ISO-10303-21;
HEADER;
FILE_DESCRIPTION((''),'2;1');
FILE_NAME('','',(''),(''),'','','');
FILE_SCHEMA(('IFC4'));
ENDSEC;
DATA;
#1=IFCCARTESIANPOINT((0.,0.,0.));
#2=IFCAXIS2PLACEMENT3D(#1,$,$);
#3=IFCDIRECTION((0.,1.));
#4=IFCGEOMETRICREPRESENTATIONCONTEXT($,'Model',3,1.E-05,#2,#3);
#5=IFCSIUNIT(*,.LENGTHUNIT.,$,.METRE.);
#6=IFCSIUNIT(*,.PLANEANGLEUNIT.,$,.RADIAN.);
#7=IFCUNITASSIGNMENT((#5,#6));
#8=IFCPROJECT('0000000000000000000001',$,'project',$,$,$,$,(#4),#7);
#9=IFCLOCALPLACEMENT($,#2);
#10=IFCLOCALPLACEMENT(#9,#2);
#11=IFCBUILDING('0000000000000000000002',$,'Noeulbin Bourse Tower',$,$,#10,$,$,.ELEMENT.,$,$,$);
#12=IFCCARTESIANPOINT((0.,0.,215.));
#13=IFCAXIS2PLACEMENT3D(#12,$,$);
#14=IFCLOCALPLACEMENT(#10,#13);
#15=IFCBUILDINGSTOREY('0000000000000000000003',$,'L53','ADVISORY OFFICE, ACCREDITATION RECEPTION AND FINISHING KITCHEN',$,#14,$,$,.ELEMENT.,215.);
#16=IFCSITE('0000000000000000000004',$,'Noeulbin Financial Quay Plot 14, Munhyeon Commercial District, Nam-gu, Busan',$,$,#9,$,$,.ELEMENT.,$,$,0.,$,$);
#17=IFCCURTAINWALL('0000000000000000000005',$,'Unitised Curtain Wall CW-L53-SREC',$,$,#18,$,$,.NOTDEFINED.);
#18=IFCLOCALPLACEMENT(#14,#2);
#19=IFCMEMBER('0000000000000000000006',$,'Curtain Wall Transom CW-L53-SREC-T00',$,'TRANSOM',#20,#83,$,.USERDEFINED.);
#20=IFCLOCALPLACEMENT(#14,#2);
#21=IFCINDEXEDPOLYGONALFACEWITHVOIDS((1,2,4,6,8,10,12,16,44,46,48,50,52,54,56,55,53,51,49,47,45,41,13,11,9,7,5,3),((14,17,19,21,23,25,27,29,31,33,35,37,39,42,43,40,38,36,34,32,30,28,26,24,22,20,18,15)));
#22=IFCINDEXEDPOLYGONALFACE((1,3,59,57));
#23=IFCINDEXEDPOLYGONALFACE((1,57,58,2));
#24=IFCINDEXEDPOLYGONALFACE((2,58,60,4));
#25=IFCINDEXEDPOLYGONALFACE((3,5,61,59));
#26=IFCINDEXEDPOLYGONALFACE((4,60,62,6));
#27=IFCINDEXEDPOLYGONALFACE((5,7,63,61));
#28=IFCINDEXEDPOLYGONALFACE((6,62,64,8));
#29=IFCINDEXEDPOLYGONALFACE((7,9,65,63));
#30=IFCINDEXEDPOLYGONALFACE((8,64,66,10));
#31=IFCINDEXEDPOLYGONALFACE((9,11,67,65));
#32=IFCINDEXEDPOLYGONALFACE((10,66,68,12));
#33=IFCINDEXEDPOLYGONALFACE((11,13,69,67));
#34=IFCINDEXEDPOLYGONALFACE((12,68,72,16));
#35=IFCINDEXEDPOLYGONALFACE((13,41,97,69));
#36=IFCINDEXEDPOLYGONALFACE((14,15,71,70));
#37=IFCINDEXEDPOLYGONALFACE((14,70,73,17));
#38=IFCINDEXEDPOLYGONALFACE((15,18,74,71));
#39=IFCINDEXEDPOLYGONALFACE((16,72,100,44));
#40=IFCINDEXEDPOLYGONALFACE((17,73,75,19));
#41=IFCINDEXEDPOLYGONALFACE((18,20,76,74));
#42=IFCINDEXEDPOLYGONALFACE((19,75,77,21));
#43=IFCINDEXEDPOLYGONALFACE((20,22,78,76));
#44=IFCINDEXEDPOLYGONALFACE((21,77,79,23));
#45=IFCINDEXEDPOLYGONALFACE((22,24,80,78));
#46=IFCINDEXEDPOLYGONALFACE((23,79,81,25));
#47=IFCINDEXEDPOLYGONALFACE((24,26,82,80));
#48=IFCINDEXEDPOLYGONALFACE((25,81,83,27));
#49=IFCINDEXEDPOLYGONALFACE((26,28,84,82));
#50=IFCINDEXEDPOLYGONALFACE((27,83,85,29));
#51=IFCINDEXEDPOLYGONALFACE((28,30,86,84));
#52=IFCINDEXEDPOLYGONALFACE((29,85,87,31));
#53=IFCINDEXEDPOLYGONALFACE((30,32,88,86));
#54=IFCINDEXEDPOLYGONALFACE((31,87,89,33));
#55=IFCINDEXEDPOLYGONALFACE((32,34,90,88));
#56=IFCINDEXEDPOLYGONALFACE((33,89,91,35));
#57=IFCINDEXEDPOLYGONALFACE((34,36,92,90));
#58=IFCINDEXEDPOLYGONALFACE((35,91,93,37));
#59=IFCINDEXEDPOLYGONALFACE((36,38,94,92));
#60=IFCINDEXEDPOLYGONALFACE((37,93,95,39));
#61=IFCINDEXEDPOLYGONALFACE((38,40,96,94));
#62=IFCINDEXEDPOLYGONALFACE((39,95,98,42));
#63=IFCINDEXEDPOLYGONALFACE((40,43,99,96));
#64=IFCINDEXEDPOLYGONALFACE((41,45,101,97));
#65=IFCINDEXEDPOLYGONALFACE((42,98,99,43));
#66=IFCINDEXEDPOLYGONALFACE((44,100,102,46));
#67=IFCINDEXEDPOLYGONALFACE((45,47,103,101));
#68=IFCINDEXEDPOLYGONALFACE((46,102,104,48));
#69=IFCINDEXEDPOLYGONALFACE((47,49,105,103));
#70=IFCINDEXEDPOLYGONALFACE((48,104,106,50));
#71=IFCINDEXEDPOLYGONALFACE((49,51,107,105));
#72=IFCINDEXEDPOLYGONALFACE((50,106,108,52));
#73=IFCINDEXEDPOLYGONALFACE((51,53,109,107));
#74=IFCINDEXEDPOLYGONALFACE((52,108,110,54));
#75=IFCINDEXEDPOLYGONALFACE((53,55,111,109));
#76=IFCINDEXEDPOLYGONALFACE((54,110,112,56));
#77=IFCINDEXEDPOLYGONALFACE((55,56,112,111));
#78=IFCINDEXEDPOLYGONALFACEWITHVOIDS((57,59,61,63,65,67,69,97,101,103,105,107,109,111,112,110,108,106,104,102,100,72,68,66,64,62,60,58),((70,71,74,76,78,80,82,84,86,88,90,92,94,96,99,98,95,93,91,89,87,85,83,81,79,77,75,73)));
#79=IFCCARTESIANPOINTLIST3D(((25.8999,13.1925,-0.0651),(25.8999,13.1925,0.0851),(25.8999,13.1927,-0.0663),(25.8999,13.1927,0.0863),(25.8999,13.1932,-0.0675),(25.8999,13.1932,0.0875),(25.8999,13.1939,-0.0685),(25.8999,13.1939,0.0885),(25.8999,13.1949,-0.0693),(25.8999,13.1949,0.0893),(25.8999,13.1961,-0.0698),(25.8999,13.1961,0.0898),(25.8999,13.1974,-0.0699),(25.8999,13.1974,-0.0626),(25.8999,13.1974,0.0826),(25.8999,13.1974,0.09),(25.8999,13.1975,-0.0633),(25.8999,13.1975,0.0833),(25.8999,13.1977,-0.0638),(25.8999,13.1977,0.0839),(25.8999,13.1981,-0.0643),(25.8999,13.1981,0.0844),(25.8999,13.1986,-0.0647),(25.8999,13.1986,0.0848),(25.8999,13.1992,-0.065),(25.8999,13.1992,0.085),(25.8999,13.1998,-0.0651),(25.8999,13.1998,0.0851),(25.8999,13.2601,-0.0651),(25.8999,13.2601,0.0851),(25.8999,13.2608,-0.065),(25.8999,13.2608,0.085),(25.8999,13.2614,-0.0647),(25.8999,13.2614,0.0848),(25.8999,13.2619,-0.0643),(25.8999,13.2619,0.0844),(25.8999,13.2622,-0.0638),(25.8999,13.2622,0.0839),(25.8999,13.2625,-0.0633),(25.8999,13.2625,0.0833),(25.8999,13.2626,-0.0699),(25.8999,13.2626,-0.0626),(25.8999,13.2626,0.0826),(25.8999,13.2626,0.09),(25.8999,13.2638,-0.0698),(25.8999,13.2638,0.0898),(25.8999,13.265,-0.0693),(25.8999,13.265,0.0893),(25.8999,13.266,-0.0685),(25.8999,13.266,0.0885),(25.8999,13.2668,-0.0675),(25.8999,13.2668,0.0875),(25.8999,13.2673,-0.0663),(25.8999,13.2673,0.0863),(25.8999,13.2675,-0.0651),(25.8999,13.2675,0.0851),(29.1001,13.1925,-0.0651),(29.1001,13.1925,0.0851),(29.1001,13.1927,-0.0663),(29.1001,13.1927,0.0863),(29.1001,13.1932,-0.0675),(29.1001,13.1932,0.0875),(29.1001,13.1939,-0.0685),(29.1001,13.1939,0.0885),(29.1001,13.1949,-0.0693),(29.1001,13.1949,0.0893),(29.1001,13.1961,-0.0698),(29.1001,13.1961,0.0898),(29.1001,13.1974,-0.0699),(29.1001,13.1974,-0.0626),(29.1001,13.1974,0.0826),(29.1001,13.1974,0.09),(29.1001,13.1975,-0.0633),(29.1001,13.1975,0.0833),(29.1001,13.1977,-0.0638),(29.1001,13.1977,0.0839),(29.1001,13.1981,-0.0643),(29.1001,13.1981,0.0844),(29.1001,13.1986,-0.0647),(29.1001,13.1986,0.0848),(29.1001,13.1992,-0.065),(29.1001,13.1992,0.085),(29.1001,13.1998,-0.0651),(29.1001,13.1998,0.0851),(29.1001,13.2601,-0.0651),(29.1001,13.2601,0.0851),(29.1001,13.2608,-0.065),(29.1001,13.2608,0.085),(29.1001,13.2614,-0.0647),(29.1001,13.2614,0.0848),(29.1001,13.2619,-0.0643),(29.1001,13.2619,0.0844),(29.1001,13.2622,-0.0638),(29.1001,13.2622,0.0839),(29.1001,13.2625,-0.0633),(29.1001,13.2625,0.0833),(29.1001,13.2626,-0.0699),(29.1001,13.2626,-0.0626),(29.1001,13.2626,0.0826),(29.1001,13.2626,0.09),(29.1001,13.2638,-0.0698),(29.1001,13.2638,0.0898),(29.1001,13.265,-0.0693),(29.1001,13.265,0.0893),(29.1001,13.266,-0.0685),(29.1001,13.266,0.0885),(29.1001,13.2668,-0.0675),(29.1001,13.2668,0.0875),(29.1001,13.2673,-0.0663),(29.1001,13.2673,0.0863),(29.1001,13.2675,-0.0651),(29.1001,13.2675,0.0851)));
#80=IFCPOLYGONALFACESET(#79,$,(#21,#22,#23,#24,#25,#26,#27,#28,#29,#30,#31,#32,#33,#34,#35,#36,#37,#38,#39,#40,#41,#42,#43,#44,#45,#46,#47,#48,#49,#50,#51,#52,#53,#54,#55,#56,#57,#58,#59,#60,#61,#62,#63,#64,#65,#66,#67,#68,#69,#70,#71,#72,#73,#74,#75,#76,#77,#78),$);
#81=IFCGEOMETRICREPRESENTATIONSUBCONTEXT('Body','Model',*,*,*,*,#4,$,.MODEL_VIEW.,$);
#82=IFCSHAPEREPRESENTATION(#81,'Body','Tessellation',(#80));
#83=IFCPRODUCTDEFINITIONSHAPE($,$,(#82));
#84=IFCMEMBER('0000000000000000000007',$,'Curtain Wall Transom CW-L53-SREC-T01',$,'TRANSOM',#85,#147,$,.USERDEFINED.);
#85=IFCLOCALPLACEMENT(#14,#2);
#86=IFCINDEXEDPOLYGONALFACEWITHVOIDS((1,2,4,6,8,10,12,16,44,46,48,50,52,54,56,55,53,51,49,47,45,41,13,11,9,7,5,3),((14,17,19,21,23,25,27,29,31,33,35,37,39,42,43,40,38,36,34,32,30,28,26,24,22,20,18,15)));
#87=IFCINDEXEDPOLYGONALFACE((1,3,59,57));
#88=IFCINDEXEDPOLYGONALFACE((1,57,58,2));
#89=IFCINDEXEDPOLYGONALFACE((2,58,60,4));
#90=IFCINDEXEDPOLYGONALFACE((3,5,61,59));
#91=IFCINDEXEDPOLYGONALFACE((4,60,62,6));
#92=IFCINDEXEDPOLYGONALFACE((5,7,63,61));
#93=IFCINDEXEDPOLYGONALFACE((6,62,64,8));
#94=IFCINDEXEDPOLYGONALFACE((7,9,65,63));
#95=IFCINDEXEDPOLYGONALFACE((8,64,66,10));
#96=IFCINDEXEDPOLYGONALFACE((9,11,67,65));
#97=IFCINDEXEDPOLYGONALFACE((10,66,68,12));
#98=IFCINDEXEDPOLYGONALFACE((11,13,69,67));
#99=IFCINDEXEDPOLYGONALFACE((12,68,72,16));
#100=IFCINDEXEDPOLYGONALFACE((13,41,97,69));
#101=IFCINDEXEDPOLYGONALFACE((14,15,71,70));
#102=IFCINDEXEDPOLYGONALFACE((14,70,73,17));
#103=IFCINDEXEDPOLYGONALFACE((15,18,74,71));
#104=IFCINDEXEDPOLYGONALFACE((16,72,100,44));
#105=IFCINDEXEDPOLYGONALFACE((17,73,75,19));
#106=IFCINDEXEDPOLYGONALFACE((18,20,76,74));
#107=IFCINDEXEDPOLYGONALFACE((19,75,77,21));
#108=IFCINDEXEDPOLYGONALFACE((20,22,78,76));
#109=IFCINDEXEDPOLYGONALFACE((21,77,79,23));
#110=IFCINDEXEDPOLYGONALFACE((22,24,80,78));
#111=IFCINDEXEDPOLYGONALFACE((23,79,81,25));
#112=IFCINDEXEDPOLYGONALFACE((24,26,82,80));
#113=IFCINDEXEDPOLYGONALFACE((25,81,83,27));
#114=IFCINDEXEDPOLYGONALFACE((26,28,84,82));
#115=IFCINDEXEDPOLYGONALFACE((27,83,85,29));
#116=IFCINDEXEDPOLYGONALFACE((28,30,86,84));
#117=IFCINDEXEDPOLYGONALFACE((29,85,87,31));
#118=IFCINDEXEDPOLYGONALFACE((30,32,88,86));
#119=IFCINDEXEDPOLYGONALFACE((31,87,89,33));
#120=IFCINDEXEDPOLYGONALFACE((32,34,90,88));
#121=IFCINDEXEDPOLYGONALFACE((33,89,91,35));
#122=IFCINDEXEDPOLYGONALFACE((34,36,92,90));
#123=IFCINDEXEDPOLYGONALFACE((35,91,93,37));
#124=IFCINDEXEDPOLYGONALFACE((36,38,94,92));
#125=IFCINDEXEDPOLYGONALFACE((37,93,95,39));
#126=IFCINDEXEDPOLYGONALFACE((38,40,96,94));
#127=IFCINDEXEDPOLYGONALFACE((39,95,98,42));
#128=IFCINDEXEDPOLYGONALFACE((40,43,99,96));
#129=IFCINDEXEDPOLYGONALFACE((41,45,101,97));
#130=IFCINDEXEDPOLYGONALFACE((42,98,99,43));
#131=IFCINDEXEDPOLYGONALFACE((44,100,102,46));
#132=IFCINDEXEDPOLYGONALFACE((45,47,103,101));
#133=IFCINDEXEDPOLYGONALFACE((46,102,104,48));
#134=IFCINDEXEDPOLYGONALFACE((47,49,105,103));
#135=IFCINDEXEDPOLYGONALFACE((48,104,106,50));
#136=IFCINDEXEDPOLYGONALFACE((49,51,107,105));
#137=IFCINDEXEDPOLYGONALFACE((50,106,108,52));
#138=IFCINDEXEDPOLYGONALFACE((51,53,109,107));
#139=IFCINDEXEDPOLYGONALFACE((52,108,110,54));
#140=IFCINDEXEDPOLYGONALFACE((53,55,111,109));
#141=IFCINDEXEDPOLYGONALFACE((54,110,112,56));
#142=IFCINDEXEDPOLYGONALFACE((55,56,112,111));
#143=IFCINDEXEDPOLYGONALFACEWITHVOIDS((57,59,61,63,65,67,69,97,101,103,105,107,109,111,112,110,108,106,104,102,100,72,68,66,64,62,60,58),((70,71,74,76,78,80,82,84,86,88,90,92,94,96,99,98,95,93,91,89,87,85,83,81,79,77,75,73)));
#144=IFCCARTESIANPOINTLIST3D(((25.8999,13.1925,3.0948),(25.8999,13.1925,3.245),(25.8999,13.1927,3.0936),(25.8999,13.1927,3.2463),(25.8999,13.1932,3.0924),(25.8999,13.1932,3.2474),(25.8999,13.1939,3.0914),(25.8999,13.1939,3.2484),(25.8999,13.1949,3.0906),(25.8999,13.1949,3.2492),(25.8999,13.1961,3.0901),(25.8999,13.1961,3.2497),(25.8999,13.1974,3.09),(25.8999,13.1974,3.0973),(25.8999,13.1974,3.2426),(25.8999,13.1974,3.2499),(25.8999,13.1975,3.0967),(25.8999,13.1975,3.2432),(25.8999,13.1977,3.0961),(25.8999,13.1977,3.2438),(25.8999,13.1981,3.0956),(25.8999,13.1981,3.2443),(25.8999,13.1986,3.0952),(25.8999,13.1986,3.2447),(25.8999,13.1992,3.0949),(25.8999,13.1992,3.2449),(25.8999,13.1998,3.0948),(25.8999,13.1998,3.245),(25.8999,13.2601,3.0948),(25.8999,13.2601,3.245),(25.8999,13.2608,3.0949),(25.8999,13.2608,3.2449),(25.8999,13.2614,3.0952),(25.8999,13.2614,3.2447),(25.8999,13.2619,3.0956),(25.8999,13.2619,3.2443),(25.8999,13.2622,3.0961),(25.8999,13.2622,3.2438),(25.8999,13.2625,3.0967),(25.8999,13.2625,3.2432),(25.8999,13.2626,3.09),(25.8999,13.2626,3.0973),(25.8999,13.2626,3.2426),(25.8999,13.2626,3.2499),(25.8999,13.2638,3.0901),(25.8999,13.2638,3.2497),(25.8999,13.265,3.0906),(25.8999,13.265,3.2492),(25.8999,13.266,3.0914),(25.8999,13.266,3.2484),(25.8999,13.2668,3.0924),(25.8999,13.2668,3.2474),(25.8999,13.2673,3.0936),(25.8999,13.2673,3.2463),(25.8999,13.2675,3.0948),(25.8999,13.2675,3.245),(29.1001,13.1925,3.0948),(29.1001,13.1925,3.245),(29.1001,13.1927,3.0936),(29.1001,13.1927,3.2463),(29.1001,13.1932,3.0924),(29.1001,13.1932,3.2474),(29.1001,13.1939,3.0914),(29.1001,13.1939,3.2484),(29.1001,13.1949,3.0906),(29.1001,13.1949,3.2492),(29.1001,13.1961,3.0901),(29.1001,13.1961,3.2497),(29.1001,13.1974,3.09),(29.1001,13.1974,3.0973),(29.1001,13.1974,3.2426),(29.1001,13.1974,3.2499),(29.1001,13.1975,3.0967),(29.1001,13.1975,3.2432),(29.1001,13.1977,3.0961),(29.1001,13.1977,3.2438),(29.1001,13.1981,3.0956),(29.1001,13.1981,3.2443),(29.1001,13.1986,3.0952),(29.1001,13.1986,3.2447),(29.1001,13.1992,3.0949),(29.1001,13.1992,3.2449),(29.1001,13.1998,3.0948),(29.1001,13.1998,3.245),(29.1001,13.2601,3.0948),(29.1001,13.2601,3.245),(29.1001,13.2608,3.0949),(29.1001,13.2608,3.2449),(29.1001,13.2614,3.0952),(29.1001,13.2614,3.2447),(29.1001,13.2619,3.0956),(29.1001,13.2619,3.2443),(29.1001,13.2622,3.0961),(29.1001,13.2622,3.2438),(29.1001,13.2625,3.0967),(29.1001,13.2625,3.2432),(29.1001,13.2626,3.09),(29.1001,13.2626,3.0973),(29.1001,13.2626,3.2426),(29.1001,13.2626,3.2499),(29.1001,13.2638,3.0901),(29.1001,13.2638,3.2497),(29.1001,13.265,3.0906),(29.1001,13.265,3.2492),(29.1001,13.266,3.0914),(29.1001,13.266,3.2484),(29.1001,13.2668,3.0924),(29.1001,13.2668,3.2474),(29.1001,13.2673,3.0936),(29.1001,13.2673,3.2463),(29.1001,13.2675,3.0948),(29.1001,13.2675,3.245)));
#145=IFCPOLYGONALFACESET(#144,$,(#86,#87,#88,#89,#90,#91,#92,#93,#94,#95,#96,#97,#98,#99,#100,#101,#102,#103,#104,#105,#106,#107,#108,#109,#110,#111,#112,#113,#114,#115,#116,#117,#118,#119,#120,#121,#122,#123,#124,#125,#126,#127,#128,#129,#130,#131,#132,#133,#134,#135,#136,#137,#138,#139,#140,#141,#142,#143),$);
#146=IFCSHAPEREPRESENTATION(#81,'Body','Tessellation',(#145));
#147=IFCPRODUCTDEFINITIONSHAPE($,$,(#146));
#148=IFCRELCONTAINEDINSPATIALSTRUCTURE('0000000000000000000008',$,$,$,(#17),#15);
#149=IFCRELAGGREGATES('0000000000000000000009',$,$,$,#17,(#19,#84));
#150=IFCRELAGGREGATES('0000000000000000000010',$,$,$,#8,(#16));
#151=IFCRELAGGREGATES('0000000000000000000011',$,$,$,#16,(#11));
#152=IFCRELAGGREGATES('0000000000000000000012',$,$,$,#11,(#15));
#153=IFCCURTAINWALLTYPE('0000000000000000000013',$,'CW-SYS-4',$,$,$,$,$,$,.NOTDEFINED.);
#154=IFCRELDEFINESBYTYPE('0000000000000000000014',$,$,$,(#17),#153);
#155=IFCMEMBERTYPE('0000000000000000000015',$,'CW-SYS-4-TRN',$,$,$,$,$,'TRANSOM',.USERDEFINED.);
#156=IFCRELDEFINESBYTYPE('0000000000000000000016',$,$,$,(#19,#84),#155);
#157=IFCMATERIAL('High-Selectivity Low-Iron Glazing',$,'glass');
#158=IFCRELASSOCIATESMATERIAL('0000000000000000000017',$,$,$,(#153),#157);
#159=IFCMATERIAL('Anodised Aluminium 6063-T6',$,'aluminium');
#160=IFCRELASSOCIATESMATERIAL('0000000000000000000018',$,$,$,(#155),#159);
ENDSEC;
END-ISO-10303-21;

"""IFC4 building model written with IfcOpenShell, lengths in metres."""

from ifc_helpers import new_model, si_unit, direction, frame, origin, origin_2d, place, context, subcontext, project, spatial, hollow_rectangle, extrude, material, material_profile, profile_set, type_object, element, aggregate, save


model = new_model("IFC4")

# Units and contexts
model_context = context("Model", 3, precision=1e-05, world=origin(), true_north=direction((0.0, 1.0)))
body_context = subcontext(model_context, "Body", "Model", "MODEL_VIEW")
ifc_project = project(units=[si_unit("LENGTHUNIT", "METRE"), si_unit("PLANEANGLEUNIT", "RADIAN")], contexts=[model_context])

# Site, building, storey
site_placement = place(None, origin())
site = spatial("IfcSite", under=ifc_project, at=site_placement, Name="Noeulbin Financial Quay Plot 14, Munhyeon Commercial District, Nam-gu, Busan", CompositionType="ELEMENT", RefElevation=0.0)
building_placement = place(site_placement, origin())
building = spatial("IfcBuilding", under=site, at=building_placement, Name="Noeulbin Bourse Tower", CompositionType="ELEMENT")
storey_placement = place(building_placement, frame((0.0, 0.0, 215.0)))
storey = spatial("IfcBuildingStorey", under=building, at=storey_placement, Name="L53", Description="ADVISORY OFFICE, ACCREDITATION RECEPTION AND FINISHING KITCHEN", CompositionType="ELEMENT", Elevation=215.0)

# Curtain wall
ifc_material_1 = material(Name="High-Selectivity Low-Iron Glazing", Category="glass")
curtain_wall_type = type_object("IfcCurtainWallType", Name="CW-SYS-4", PredefinedType="NOTDEFINED", material=ifc_material_1)
curtain_wall_1_placement = place(storey_placement, origin())
curtain_wall_1 = element("IfcCurtainWall", 1, at=curtain_wall_1_placement, inside=storey, type_object=curtain_wall_type, Name="Unitised Curtain Wall CW-L53-SREC", PredefinedType="NOTDEFINED")
ifc_material_2 = material(Name="Anodised Aluminium 6063-T6", Category="aluminium")

# Members
ifc_material_profile_1 = material_profile(ifc_material_2, hollow_rectangle(XDim=0.075, YDim=0.1599, WallThickness=0.0049, InnerFilletRadius=0.0024, OuterFilletRadius=0.0049, at=origin_2d()), Name="ALU-TRAN-75x160x5", Category="LoadBearing")
ifc_profile_set_1 = profile_set([ifc_material_profile_1], Name="Anodised Aluminium 6063-T6")
member_type_1 = type_object("IfcMemberType", Name="CW-SYS-4-TRN", ElementType="TRANSOM", PredefinedType="USERDEFINED", material=ifc_profile_set_1)
member_1_placement = place(storey_placement, frame((25.8999, 13.23, 0.01), z_axis=(1.0, 0.0, 0.0), x_axis=(0.0, 1.0, 0.0)))
member_1 = element("IfcMember", 2, at=member_1_placement, type_object=member_type_1, Name="Curtain Wall Transom CW-L53-SREC-T00", ObjectType="TRANSOM", PredefinedType="USERDEFINED", context=body_context, shape_type="SweptSolid", body=[
    extrude(hollow_rectangle(XDim=0.075, YDim=0.1599, WallThickness=0.0049, InnerFilletRadius=0.0024, OuterFilletRadius=0.0049, at=origin_2d()), origin(), (0.0, 0.0, 1.0), 3.2002),
])
member_2_placement = place(storey_placement, frame((25.8999, 13.23, 3.1699), z_axis=(1.0, 0.0, 0.0), x_axis=(0.0, 1.0, 0.0)))
member_2 = element("IfcMember", 3, at=member_2_placement, type_object=member_type_1, Name="Curtain Wall Transom CW-L53-SREC-T01", ObjectType="TRANSOM", PredefinedType="USERDEFINED", context=body_context, shape_type="SweptSolid", body=[
    extrude(hollow_rectangle(XDim=0.075, YDim=0.1599, WallThickness=0.0049, InnerFilletRadius=0.0024, OuterFilletRadius=0.0049, at=origin_2d()), origin(), (0.0, 0.0, 1.0), 3.2002),
])

aggregate(curtain_wall_1, [member_1, member_2])

save(model, "model.ifc")
